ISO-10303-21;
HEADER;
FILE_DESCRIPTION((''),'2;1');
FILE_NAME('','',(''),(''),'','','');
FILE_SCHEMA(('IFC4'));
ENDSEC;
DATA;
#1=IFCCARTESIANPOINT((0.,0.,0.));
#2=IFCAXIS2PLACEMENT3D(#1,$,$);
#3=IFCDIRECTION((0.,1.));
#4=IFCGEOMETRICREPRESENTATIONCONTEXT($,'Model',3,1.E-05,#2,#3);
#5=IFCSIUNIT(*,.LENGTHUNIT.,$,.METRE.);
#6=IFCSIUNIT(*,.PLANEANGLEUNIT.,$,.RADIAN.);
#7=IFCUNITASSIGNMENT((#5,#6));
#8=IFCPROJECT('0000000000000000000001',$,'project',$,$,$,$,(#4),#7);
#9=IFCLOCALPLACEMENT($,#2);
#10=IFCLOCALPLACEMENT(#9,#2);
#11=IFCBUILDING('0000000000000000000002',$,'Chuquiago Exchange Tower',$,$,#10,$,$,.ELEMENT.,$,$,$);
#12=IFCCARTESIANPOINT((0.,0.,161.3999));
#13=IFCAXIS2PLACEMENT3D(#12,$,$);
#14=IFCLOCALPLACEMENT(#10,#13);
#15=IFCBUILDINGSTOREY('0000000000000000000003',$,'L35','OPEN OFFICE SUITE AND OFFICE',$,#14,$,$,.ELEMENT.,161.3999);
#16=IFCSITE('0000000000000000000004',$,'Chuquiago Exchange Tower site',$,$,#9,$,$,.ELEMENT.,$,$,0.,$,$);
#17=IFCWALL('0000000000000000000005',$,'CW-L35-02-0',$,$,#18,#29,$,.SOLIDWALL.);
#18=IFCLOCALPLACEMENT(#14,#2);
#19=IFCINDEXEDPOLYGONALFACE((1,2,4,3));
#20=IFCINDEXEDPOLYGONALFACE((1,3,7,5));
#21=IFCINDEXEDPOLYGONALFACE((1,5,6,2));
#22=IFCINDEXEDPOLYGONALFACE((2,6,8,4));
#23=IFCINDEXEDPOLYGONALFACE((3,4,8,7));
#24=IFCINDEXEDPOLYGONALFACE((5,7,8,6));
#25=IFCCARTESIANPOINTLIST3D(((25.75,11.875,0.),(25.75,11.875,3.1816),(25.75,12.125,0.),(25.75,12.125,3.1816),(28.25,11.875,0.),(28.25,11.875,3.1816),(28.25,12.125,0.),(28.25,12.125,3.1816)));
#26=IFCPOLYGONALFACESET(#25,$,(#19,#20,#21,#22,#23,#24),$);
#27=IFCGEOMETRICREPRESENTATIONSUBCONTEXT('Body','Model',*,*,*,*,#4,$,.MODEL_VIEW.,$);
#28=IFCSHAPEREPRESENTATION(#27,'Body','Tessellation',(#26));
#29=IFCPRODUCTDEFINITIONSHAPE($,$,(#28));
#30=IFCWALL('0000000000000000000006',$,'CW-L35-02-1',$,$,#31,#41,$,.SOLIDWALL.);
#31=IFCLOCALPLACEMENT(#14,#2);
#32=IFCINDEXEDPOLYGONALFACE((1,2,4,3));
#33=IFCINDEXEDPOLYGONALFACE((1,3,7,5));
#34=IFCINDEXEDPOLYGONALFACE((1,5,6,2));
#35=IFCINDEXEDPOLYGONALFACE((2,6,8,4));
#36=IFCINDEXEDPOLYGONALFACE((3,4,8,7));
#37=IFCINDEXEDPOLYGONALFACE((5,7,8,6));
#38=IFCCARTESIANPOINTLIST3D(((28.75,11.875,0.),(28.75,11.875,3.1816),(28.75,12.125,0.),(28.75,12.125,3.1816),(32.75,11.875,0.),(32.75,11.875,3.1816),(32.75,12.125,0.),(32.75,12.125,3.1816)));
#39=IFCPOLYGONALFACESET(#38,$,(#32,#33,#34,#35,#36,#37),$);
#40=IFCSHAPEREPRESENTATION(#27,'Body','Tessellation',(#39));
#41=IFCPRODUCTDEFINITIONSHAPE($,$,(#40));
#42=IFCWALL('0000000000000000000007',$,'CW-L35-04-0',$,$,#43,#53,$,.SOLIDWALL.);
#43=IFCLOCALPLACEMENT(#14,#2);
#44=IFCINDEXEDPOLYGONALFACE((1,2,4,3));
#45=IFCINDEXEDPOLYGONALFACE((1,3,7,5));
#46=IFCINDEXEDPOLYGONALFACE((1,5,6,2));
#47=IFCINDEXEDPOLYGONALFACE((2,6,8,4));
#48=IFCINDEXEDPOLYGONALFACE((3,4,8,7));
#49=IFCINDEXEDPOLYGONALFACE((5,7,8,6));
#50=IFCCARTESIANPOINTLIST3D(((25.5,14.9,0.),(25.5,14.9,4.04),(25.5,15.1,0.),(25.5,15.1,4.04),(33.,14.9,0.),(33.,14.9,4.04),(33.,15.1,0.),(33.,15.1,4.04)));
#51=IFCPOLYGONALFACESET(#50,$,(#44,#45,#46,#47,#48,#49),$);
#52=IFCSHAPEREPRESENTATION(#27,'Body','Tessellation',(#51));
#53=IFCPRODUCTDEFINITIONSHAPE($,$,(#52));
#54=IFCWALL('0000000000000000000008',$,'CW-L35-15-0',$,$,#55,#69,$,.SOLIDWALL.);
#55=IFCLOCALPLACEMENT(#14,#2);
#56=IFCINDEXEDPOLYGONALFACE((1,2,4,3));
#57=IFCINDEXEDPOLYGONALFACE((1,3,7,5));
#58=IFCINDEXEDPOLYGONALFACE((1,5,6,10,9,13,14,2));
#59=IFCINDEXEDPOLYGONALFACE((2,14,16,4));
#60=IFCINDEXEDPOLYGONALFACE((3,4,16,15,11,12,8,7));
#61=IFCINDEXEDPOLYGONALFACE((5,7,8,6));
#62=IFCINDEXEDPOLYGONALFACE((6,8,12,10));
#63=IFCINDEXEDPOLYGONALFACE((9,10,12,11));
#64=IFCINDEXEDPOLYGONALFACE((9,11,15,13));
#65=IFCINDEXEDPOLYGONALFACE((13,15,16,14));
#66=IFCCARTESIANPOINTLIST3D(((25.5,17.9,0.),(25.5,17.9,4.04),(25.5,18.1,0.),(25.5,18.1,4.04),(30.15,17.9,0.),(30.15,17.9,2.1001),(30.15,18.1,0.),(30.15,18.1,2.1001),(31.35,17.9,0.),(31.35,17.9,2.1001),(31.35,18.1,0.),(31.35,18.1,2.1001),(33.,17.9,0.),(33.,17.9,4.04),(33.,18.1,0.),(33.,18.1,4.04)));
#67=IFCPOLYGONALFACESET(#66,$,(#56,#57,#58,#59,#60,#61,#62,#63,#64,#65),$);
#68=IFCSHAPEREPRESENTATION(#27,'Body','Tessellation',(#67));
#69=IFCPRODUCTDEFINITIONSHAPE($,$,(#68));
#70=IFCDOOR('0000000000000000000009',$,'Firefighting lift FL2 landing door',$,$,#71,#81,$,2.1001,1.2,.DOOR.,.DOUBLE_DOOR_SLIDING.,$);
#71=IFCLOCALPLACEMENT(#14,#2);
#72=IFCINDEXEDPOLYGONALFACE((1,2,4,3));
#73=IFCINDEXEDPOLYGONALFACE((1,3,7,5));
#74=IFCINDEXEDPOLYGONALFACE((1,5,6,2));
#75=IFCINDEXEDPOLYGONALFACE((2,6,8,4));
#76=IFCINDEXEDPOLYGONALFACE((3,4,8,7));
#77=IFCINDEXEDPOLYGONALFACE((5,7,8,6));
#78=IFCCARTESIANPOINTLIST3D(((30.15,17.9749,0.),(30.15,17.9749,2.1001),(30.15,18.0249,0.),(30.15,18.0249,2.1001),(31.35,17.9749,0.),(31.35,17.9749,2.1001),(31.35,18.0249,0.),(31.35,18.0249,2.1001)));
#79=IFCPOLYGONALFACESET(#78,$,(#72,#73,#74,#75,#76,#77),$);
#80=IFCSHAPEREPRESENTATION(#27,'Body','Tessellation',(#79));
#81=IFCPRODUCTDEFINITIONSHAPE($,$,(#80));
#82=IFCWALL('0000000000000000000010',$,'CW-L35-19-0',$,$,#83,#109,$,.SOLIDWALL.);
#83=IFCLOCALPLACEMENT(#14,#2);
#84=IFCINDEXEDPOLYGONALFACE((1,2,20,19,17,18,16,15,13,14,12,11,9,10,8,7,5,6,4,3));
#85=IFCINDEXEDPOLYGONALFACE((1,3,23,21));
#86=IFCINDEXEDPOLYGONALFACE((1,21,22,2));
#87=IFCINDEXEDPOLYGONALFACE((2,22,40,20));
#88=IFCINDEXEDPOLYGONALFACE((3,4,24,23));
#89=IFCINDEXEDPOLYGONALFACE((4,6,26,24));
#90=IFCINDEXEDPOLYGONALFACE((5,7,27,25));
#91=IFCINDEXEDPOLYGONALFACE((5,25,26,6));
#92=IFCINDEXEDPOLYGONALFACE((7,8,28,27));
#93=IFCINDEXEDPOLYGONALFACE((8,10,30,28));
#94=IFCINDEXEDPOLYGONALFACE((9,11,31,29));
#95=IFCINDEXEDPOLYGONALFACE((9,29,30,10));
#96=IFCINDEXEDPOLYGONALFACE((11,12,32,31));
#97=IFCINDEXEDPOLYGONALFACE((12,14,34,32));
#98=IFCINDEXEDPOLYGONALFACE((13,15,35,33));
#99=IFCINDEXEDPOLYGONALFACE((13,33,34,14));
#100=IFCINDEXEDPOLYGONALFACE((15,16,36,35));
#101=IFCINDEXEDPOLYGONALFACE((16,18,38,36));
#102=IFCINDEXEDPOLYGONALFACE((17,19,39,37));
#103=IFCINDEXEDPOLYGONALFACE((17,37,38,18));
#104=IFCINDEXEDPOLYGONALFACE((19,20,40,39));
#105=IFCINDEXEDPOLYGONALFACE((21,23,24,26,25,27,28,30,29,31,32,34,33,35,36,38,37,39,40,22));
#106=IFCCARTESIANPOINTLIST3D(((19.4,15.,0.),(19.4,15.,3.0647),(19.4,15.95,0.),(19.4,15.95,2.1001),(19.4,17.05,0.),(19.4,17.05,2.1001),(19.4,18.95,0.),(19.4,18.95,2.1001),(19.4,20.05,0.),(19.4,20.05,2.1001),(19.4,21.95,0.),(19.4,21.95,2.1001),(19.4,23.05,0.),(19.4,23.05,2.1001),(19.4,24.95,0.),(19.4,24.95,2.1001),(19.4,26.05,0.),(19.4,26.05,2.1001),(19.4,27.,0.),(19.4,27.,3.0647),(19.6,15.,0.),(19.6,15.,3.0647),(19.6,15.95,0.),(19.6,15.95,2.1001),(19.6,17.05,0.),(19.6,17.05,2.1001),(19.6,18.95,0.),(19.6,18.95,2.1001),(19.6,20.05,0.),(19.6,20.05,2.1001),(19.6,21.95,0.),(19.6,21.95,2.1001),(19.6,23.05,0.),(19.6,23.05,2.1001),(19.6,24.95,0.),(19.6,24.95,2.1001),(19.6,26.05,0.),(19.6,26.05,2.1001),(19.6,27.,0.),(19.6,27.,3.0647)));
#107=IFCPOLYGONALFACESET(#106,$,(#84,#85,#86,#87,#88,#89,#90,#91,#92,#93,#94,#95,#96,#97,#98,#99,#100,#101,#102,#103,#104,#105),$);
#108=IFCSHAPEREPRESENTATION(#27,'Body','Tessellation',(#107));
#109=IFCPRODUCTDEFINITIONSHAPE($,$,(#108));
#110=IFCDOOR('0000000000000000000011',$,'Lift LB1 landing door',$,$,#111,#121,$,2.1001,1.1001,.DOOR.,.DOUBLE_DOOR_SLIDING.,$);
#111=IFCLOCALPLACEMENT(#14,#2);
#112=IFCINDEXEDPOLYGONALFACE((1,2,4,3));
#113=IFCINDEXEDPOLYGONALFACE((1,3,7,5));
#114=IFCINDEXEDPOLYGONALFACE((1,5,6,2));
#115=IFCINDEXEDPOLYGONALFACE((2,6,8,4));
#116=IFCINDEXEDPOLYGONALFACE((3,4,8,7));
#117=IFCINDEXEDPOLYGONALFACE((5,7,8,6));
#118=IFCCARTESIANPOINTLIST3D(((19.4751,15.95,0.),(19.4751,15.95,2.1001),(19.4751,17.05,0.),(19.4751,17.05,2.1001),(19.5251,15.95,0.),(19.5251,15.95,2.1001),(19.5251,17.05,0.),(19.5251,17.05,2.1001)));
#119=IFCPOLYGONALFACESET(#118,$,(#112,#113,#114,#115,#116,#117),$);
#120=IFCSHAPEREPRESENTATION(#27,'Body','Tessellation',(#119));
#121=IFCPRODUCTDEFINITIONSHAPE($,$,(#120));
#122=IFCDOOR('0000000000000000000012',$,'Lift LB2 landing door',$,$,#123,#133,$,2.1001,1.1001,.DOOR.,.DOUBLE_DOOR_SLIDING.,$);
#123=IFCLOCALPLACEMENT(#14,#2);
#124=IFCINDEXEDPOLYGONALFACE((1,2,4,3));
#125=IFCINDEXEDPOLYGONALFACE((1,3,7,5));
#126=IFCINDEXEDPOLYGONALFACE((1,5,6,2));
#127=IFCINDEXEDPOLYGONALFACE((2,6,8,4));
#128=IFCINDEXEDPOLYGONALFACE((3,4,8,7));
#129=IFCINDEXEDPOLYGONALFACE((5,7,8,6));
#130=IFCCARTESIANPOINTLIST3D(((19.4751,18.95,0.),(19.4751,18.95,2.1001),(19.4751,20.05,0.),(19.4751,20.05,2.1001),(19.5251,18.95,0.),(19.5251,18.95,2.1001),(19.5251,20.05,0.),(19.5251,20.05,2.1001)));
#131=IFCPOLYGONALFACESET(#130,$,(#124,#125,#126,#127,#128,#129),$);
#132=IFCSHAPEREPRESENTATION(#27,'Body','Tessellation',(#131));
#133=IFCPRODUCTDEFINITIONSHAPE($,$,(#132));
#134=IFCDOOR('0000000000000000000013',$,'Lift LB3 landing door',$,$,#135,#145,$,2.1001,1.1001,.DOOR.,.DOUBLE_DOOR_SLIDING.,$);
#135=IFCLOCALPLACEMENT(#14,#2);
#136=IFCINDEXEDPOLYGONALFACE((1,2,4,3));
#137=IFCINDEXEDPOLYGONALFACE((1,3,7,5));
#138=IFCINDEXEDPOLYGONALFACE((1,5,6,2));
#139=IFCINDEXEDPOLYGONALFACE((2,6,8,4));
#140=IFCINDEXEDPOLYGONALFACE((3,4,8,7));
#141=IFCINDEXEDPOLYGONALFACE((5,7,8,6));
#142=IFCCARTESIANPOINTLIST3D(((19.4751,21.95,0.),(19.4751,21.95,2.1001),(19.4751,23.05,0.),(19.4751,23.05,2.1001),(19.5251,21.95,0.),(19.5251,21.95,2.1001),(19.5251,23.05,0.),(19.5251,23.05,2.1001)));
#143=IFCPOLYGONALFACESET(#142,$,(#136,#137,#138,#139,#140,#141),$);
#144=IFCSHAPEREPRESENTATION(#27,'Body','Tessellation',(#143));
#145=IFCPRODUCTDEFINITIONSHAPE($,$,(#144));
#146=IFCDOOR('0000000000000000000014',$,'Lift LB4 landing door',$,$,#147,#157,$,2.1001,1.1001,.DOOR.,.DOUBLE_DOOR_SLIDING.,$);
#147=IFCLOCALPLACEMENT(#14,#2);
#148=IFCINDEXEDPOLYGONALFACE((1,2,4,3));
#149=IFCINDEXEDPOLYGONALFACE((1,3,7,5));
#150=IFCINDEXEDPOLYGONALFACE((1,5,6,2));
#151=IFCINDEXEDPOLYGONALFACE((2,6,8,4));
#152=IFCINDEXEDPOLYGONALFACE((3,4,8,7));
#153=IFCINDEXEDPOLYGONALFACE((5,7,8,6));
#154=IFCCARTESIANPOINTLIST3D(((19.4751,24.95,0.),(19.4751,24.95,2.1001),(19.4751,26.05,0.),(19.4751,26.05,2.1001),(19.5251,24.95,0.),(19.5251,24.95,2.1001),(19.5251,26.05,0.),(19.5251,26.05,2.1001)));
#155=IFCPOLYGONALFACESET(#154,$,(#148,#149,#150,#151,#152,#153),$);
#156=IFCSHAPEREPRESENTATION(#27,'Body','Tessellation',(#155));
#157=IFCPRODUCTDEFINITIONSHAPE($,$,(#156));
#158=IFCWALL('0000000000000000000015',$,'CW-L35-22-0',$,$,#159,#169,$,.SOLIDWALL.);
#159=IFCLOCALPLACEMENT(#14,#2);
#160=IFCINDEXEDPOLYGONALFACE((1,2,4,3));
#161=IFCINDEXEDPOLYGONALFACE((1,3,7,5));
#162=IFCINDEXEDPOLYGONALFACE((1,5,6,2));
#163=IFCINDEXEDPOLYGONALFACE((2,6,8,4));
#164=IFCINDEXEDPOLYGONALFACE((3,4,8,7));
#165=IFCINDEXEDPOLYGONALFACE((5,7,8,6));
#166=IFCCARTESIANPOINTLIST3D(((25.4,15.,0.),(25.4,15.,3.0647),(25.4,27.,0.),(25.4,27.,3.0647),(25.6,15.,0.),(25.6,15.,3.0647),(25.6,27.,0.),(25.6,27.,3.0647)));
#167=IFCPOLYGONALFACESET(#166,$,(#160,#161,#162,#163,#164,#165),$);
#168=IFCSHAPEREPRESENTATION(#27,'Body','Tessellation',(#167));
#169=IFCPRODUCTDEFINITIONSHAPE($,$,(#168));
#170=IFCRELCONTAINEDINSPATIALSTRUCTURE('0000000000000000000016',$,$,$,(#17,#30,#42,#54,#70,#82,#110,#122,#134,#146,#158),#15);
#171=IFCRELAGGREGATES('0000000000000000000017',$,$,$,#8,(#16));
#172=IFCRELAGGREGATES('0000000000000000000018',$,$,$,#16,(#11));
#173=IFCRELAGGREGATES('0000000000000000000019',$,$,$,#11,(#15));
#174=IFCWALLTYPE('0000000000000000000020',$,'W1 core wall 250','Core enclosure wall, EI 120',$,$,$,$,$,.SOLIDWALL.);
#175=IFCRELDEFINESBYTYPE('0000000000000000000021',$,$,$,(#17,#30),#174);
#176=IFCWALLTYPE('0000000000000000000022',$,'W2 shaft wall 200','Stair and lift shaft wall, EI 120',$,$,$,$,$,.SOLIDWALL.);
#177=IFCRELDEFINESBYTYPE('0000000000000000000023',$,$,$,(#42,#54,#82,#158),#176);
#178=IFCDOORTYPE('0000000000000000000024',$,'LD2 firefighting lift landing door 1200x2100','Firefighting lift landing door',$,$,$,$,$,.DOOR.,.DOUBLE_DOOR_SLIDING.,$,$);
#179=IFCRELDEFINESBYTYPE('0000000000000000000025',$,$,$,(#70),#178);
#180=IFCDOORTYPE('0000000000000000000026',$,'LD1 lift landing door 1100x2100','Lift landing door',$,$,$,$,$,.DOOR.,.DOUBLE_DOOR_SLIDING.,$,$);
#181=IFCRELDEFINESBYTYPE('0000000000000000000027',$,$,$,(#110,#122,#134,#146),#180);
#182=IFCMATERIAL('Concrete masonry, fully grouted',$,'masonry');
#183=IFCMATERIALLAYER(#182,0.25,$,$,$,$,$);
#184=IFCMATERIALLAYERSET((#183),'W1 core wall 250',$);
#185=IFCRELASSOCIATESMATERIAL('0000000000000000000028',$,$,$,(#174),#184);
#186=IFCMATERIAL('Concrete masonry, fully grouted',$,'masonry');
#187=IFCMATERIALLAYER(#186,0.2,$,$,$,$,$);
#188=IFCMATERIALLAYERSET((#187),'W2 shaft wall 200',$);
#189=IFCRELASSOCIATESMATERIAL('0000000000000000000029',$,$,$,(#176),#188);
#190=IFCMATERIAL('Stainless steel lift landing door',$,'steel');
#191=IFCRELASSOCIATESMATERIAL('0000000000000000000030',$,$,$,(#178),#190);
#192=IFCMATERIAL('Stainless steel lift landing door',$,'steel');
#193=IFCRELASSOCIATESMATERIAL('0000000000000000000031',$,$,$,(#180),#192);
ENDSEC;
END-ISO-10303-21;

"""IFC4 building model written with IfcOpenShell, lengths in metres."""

from ifc_helpers import new_model, si_unit, direction, frame, frame_2d, origin, place, context, subcontext, project, spatial, rectangle, extrude, material, layer, layer_set, type_object, element, fill, save


model = new_model("IFC4")

# Units and contexts
model_context = context("Model", 3, precision=1e-05, world=origin(), true_north=direction((0.0, 1.0)))
body_context = subcontext(model_context, "Body", "Model", "MODEL_VIEW")
ifc_project = project(units=[si_unit("LENGTHUNIT", "METRE"), si_unit("PLANEANGLEUNIT", "RADIAN")], contexts=[model_context])

# Site, building, storey
site_placement = place(None, origin())
site = spatial("IfcSite", under=ifc_project, at=site_placement, Name="Chuquiago Exchange Tower site", CompositionType="ELEMENT", RefElevation=0.0)
building_placement = place(site_placement, origin())
building = spatial("IfcBuilding", under=site, at=building_placement, Name="Chuquiago Exchange Tower", CompositionType="ELEMENT")
storey_placement = place(building_placement, frame((0.0, 0.0, 161.3999)))
storey = spatial("IfcBuildingStorey", under=building, at=storey_placement, Name="L35", Description="OPEN OFFICE SUITE AND OFFICE", CompositionType="ELEMENT", Elevation=161.3999)

# Walls
ifc_material_1 = material(Name="Concrete masonry, fully grouted", Category="masonry")
ifc_layer_1 = layer(ifc_material_1, 0.25)
ifc_layer_set_1 = layer_set([ifc_layer_1], Name="W1 core wall 250")
wall_type_1 = type_object("IfcWallType", Name="W1 core wall 250", Description="Core enclosure wall, EI 120", PredefinedType="SOLIDWALL", material=ifc_layer_set_1)
wall_1_placement = place(storey_placement, frame((25.75, 12.0, 0.0), z_axis=(0.0, 0.0, 1.0), x_axis=(1.0, 0.0, 0.0)))
element("IfcWall", 1, at=wall_1_placement, inside=storey, type_object=wall_type_1, Name="CW-L35-02-0", PredefinedType="SOLIDWALL", context=body_context, shape_type="SweptSolid", body=[
    extrude(rectangle(XDim=2.5, YDim=0.25, at=frame_2d((1.25, 0.0))), origin(), (0.0, 0.0, 1.0), 3.1816),
])
wall_2_placement = place(storey_placement, frame((28.75, 12.0, 0.0), z_axis=(0.0, 0.0, 1.0), x_axis=(1.0, 0.0, 0.0)))
element("IfcWall", 2, at=wall_2_placement, inside=storey, type_object=wall_type_1, Name="CW-L35-02-1", PredefinedType="SOLIDWALL", context=body_context, shape_type="SweptSolid", body=[
    extrude(rectangle(XDim=4.0, YDim=0.25, at=frame_2d((2.0, 0.0))), origin(), (0.0, 0.0, 1.0), 3.1816),
])
ifc_material_2 = material(Name="Concrete masonry, fully grouted", Category="masonry")
ifc_layer_2 = layer(ifc_material_2, 0.2)
ifc_layer_set_2 = layer_set([ifc_layer_2], Name="W2 shaft wall 200")
wall_type_2 = type_object("IfcWallType", Name="W2 shaft wall 200", Description="Stair and lift shaft wall, EI 120", PredefinedType="SOLIDWALL", material=ifc_layer_set_2)
wall_3_placement = place(storey_placement, frame((25.5, 15.0, 0.0), z_axis=(0.0, 0.0, 1.0), x_axis=(1.0, 0.0, 0.0)))
element("IfcWall", 3, at=wall_3_placement, inside=storey, type_object=wall_type_2, Name="CW-L35-04-0", PredefinedType="SOLIDWALL", context=body_context, shape_type="SweptSolid", body=[
    extrude(rectangle(XDim=7.5, YDim=0.2, at=frame_2d((3.75, 0.0))), origin(), (0.0, 0.0, 1.0), 4.04),
])

# Wall, opening, door
wall_4_placement = place(storey_placement, frame((25.5, 18.0, 0.0), z_axis=(0.0, 0.0, 1.0), x_axis=(1.0, 0.0, 0.0)))
wall_4 = element("IfcWall", 4, at=wall_4_placement, inside=storey, type_object=wall_type_2, Name="CW-L35-15-0", PredefinedType="SOLIDWALL", context=body_context, shape_type="SweptSolid", body=[
    extrude(rectangle(XDim=7.5, YDim=0.2, at=frame_2d((3.75, 0.0))), origin(), (0.0, 0.0, 1.0), 4.04),
])
opening_1_placement = place(wall_4_placement, frame((4.6499, 0.0, 0.0)))
opening_1 = element("IfcOpeningElement", 5, at=opening_1_placement, cuts=wall_4, PredefinedType="OPENING", context=body_context, shape_type="SweptSolid", body=[
    extrude(rectangle(XDim=1.2, YDim=2.1001, at=frame_2d((0.6001, 1.05))), frame((0.0, 0.1099, 0.0), z_axis=(0.0, -1.0, 0.0), x_axis=(1.0, 0.0, 0.0)), (0.0, 0.0, 1.0), 0.22),
])
ifc_material_3 = material(Name="Stainless steel lift landing door", Category="steel")
door_type_1 = type_object("IfcDoorType", Name="LD2 firefighting lift landing door 1200x2100", Description="Firefighting lift landing door", OperationType="DOUBLE_DOOR_SLIDING", PredefinedType="DOOR", material=ifc_material_3)
door_1_placement = place(opening_1_placement, origin())
door_1 = element("IfcDoor", 6, at=door_1_placement, inside=storey, type_object=door_type_1, Name="Firefighting lift FL2 landing door", OperationType="DOUBLE_DOOR_SLIDING", OverallHeight=2.1001, OverallWidth=1.2, PredefinedType="DOOR", context=body_context, shape_type="SweptSolid", body=[
    extrude(rectangle(XDim=1.2, YDim=2.1001, at=frame_2d((0.6001, 1.05))), frame((0.0, 0.0249, 0.0), z_axis=(0.0, -1.0, 0.0), x_axis=(1.0, 0.0, 0.0)), (0.0, 0.0, 1.0), 0.05),
])
fill(opening_1, door_1)

# Wall, openings, doors
wall_5_placement = place(storey_placement, frame((19.5, 15.0, 0.0), z_axis=(0.0, 0.0, 1.0), x_axis=(0.0, 1.0, 0.0)))
wall_5 = element("IfcWall", 7, at=wall_5_placement, inside=storey, type_object=wall_type_2, Name="CW-L35-19-0", PredefinedType="SOLIDWALL", context=body_context, shape_type="SweptSolid", body=[
    extrude(rectangle(XDim=12.0, YDim=0.2, at=frame_2d((6.0, 0.0))), origin(), (0.0, 0.0, 1.0), 3.0647),
])
opening_2_placement = place(wall_5_placement, frame((0.95, 0.0, 0.0)))
opening_2 = element("IfcOpeningElement", 8, at=opening_2_placement, cuts=wall_5, PredefinedType="OPENING", context=body_context, shape_type="SweptSolid", body=[
    extrude(rectangle(XDim=1.1001, YDim=2.1001, at=frame_2d((0.55, 1.05))), frame((0.0, 0.1099, 0.0), z_axis=(0.0, -1.0, 0.0), x_axis=(1.0, 0.0, 0.0)), (0.0, 0.0, 1.0), 0.22),
])
opening_3_placement = place(wall_5_placement, frame((3.95, 0.0, 0.0)))
opening_3 = element("IfcOpeningElement", 9, at=opening_3_placement, cuts=wall_5, PredefinedType="OPENING", context=body_context, shape_type="SweptSolid", body=[
    extrude(rectangle(XDim=1.1001, YDim=2.1001, at=frame_2d((0.55, 1.05))), frame((0.0, 0.1099, 0.0), z_axis=(0.0, -1.0, 0.0), x_axis=(1.0, 0.0, 0.0)), (0.0, 0.0, 1.0), 0.22),
])
opening_4_placement = place(wall_5_placement, frame((6.95, 0.0, 0.0)))
opening_4 = element("IfcOpeningElement", 10, at=opening_4_placement, cuts=wall_5, PredefinedType="OPENING", context=body_context, shape_type="SweptSolid", body=[
    extrude(rectangle(XDim=1.1001, YDim=2.1001, at=frame_2d((0.55, 1.05))), frame((0.0, 0.1099, 0.0), z_axis=(0.0, -1.0, 0.0), x_axis=(1.0, 0.0, 0.0)), (0.0, 0.0, 1.0), 0.22),
])
opening_5_placement = place(wall_5_placement, frame((9.95, 0.0, 0.0)))
opening_5 = element("IfcOpeningElement", 11, at=opening_5_placement, cuts=wall_5, PredefinedType="OPENING", context=body_context, shape_type="SweptSolid", body=[
    extrude(rectangle(XDim=1.1001, YDim=2.1001, at=frame_2d((0.55, 1.05))), frame((0.0, 0.1099, 0.0), z_axis=(0.0, -1.0, 0.0), x_axis=(1.0, 0.0, 0.0)), (0.0, 0.0, 1.0), 0.22),
])
ifc_material_4 = material(Name="Stainless steel lift landing door", Category="steel")
door_type_2 = type_object("IfcDoorType", Name="LD1 lift landing door 1100x2100", Description="Lift landing door", OperationType="DOUBLE_DOOR_SLIDING", PredefinedType="DOOR", material=ifc_material_4)
door_2_placement = place(opening_2_placement, origin())
door_2 = element("IfcDoor", 12, at=door_2_placement, inside=storey, type_object=door_type_2, Name="Lift LB1 landing door", OperationType="DOUBLE_DOOR_SLIDING", OverallHeight=2.1001, OverallWidth=1.1001, PredefinedType="DOOR", context=body_context, shape_type="SweptSolid", body=[
    extrude(rectangle(XDim=1.1001, YDim=2.1001, at=frame_2d((0.55, 1.05))), frame((0.0, 0.0249, 0.0), z_axis=(0.0, -1.0, 0.0), x_axis=(1.0, 0.0, 0.0)), (0.0, 0.0, 1.0), 0.05),
])
fill(opening_2, door_2)
door_3_placement = place(opening_3_placement, origin())
door_3 = element("IfcDoor", 13, at=door_3_placement, inside=storey, type_object=door_type_2, Name="Lift LB2 landing door", OperationType="DOUBLE_DOOR_SLIDING", OverallHeight=2.1001, OverallWidth=1.1001, PredefinedType="DOOR", context=body_context, shape_type="SweptSolid", body=[
    extrude(rectangle(XDim=1.1001, YDim=2.1001, at=frame_2d((0.55, 1.05))), frame((0.0, 0.0249, 0.0), z_axis=(0.0, -1.0, 0.0), x_axis=(1.0, 0.0, 0.0)), (0.0, 0.0, 1.0), 0.05),
])
fill(opening_3, door_3)
door_4_placement = place(opening_4_placement, origin())
door_4 = element("IfcDoor", 14, at=door_4_placement, inside=storey, type_object=door_type_2, Name="Lift LB3 landing door", OperationType="DOUBLE_DOOR_SLIDING", OverallHeight=2.1001, OverallWidth=1.1001, PredefinedType="DOOR", context=body_context, shape_type="SweptSolid", body=[
    extrude(rectangle(XDim=1.1001, YDim=2.1001, at=frame_2d((0.55, 1.05))), frame((0.0, 0.0249, 0.0), z_axis=(0.0, -1.0, 0.0), x_axis=(1.0, 0.0, 0.0)), (0.0, 0.0, 1.0), 0.05),
])
fill(opening_4, door_4)
door_5_placement = place(opening_5_placement, origin())
door_5 = element("IfcDoor", 15, at=door_5_placement, inside=storey, type_object=door_type_2, Name="Lift LB4 landing door", OperationType="DOUBLE_DOOR_SLIDING", OverallHeight=2.1001, OverallWidth=1.1001, PredefinedType="DOOR", context=body_context, shape_type="SweptSolid", body=[
    extrude(rectangle(XDim=1.1001, YDim=2.1001, at=frame_2d((0.55, 1.05))), frame((0.0, 0.0249, 0.0), z_axis=(0.0, -1.0, 0.0), x_axis=(1.0, 0.0, 0.0)), (0.0, 0.0, 1.0), 0.05),
])
fill(opening_5, door_5)

# Wall
wall_6_placement = place(storey_placement, frame((25.5, 15.0, 0.0), z_axis=(0.0, 0.0, 1.0), x_axis=(0.0, 1.0, 0.0)))
element("IfcWall", 16, at=wall_6_placement, inside=storey, type_object=wall_type_2, Name="CW-L35-22-0", PredefinedType="SOLIDWALL", context=body_context, shape_type="SweptSolid", body=[
    extrude(rectangle(XDim=12.0, YDim=0.2, at=frame_2d((6.0, 0.0))), origin(), (0.0, 0.0, 1.0), 3.0647),
])

save(model, "model.ifc")
